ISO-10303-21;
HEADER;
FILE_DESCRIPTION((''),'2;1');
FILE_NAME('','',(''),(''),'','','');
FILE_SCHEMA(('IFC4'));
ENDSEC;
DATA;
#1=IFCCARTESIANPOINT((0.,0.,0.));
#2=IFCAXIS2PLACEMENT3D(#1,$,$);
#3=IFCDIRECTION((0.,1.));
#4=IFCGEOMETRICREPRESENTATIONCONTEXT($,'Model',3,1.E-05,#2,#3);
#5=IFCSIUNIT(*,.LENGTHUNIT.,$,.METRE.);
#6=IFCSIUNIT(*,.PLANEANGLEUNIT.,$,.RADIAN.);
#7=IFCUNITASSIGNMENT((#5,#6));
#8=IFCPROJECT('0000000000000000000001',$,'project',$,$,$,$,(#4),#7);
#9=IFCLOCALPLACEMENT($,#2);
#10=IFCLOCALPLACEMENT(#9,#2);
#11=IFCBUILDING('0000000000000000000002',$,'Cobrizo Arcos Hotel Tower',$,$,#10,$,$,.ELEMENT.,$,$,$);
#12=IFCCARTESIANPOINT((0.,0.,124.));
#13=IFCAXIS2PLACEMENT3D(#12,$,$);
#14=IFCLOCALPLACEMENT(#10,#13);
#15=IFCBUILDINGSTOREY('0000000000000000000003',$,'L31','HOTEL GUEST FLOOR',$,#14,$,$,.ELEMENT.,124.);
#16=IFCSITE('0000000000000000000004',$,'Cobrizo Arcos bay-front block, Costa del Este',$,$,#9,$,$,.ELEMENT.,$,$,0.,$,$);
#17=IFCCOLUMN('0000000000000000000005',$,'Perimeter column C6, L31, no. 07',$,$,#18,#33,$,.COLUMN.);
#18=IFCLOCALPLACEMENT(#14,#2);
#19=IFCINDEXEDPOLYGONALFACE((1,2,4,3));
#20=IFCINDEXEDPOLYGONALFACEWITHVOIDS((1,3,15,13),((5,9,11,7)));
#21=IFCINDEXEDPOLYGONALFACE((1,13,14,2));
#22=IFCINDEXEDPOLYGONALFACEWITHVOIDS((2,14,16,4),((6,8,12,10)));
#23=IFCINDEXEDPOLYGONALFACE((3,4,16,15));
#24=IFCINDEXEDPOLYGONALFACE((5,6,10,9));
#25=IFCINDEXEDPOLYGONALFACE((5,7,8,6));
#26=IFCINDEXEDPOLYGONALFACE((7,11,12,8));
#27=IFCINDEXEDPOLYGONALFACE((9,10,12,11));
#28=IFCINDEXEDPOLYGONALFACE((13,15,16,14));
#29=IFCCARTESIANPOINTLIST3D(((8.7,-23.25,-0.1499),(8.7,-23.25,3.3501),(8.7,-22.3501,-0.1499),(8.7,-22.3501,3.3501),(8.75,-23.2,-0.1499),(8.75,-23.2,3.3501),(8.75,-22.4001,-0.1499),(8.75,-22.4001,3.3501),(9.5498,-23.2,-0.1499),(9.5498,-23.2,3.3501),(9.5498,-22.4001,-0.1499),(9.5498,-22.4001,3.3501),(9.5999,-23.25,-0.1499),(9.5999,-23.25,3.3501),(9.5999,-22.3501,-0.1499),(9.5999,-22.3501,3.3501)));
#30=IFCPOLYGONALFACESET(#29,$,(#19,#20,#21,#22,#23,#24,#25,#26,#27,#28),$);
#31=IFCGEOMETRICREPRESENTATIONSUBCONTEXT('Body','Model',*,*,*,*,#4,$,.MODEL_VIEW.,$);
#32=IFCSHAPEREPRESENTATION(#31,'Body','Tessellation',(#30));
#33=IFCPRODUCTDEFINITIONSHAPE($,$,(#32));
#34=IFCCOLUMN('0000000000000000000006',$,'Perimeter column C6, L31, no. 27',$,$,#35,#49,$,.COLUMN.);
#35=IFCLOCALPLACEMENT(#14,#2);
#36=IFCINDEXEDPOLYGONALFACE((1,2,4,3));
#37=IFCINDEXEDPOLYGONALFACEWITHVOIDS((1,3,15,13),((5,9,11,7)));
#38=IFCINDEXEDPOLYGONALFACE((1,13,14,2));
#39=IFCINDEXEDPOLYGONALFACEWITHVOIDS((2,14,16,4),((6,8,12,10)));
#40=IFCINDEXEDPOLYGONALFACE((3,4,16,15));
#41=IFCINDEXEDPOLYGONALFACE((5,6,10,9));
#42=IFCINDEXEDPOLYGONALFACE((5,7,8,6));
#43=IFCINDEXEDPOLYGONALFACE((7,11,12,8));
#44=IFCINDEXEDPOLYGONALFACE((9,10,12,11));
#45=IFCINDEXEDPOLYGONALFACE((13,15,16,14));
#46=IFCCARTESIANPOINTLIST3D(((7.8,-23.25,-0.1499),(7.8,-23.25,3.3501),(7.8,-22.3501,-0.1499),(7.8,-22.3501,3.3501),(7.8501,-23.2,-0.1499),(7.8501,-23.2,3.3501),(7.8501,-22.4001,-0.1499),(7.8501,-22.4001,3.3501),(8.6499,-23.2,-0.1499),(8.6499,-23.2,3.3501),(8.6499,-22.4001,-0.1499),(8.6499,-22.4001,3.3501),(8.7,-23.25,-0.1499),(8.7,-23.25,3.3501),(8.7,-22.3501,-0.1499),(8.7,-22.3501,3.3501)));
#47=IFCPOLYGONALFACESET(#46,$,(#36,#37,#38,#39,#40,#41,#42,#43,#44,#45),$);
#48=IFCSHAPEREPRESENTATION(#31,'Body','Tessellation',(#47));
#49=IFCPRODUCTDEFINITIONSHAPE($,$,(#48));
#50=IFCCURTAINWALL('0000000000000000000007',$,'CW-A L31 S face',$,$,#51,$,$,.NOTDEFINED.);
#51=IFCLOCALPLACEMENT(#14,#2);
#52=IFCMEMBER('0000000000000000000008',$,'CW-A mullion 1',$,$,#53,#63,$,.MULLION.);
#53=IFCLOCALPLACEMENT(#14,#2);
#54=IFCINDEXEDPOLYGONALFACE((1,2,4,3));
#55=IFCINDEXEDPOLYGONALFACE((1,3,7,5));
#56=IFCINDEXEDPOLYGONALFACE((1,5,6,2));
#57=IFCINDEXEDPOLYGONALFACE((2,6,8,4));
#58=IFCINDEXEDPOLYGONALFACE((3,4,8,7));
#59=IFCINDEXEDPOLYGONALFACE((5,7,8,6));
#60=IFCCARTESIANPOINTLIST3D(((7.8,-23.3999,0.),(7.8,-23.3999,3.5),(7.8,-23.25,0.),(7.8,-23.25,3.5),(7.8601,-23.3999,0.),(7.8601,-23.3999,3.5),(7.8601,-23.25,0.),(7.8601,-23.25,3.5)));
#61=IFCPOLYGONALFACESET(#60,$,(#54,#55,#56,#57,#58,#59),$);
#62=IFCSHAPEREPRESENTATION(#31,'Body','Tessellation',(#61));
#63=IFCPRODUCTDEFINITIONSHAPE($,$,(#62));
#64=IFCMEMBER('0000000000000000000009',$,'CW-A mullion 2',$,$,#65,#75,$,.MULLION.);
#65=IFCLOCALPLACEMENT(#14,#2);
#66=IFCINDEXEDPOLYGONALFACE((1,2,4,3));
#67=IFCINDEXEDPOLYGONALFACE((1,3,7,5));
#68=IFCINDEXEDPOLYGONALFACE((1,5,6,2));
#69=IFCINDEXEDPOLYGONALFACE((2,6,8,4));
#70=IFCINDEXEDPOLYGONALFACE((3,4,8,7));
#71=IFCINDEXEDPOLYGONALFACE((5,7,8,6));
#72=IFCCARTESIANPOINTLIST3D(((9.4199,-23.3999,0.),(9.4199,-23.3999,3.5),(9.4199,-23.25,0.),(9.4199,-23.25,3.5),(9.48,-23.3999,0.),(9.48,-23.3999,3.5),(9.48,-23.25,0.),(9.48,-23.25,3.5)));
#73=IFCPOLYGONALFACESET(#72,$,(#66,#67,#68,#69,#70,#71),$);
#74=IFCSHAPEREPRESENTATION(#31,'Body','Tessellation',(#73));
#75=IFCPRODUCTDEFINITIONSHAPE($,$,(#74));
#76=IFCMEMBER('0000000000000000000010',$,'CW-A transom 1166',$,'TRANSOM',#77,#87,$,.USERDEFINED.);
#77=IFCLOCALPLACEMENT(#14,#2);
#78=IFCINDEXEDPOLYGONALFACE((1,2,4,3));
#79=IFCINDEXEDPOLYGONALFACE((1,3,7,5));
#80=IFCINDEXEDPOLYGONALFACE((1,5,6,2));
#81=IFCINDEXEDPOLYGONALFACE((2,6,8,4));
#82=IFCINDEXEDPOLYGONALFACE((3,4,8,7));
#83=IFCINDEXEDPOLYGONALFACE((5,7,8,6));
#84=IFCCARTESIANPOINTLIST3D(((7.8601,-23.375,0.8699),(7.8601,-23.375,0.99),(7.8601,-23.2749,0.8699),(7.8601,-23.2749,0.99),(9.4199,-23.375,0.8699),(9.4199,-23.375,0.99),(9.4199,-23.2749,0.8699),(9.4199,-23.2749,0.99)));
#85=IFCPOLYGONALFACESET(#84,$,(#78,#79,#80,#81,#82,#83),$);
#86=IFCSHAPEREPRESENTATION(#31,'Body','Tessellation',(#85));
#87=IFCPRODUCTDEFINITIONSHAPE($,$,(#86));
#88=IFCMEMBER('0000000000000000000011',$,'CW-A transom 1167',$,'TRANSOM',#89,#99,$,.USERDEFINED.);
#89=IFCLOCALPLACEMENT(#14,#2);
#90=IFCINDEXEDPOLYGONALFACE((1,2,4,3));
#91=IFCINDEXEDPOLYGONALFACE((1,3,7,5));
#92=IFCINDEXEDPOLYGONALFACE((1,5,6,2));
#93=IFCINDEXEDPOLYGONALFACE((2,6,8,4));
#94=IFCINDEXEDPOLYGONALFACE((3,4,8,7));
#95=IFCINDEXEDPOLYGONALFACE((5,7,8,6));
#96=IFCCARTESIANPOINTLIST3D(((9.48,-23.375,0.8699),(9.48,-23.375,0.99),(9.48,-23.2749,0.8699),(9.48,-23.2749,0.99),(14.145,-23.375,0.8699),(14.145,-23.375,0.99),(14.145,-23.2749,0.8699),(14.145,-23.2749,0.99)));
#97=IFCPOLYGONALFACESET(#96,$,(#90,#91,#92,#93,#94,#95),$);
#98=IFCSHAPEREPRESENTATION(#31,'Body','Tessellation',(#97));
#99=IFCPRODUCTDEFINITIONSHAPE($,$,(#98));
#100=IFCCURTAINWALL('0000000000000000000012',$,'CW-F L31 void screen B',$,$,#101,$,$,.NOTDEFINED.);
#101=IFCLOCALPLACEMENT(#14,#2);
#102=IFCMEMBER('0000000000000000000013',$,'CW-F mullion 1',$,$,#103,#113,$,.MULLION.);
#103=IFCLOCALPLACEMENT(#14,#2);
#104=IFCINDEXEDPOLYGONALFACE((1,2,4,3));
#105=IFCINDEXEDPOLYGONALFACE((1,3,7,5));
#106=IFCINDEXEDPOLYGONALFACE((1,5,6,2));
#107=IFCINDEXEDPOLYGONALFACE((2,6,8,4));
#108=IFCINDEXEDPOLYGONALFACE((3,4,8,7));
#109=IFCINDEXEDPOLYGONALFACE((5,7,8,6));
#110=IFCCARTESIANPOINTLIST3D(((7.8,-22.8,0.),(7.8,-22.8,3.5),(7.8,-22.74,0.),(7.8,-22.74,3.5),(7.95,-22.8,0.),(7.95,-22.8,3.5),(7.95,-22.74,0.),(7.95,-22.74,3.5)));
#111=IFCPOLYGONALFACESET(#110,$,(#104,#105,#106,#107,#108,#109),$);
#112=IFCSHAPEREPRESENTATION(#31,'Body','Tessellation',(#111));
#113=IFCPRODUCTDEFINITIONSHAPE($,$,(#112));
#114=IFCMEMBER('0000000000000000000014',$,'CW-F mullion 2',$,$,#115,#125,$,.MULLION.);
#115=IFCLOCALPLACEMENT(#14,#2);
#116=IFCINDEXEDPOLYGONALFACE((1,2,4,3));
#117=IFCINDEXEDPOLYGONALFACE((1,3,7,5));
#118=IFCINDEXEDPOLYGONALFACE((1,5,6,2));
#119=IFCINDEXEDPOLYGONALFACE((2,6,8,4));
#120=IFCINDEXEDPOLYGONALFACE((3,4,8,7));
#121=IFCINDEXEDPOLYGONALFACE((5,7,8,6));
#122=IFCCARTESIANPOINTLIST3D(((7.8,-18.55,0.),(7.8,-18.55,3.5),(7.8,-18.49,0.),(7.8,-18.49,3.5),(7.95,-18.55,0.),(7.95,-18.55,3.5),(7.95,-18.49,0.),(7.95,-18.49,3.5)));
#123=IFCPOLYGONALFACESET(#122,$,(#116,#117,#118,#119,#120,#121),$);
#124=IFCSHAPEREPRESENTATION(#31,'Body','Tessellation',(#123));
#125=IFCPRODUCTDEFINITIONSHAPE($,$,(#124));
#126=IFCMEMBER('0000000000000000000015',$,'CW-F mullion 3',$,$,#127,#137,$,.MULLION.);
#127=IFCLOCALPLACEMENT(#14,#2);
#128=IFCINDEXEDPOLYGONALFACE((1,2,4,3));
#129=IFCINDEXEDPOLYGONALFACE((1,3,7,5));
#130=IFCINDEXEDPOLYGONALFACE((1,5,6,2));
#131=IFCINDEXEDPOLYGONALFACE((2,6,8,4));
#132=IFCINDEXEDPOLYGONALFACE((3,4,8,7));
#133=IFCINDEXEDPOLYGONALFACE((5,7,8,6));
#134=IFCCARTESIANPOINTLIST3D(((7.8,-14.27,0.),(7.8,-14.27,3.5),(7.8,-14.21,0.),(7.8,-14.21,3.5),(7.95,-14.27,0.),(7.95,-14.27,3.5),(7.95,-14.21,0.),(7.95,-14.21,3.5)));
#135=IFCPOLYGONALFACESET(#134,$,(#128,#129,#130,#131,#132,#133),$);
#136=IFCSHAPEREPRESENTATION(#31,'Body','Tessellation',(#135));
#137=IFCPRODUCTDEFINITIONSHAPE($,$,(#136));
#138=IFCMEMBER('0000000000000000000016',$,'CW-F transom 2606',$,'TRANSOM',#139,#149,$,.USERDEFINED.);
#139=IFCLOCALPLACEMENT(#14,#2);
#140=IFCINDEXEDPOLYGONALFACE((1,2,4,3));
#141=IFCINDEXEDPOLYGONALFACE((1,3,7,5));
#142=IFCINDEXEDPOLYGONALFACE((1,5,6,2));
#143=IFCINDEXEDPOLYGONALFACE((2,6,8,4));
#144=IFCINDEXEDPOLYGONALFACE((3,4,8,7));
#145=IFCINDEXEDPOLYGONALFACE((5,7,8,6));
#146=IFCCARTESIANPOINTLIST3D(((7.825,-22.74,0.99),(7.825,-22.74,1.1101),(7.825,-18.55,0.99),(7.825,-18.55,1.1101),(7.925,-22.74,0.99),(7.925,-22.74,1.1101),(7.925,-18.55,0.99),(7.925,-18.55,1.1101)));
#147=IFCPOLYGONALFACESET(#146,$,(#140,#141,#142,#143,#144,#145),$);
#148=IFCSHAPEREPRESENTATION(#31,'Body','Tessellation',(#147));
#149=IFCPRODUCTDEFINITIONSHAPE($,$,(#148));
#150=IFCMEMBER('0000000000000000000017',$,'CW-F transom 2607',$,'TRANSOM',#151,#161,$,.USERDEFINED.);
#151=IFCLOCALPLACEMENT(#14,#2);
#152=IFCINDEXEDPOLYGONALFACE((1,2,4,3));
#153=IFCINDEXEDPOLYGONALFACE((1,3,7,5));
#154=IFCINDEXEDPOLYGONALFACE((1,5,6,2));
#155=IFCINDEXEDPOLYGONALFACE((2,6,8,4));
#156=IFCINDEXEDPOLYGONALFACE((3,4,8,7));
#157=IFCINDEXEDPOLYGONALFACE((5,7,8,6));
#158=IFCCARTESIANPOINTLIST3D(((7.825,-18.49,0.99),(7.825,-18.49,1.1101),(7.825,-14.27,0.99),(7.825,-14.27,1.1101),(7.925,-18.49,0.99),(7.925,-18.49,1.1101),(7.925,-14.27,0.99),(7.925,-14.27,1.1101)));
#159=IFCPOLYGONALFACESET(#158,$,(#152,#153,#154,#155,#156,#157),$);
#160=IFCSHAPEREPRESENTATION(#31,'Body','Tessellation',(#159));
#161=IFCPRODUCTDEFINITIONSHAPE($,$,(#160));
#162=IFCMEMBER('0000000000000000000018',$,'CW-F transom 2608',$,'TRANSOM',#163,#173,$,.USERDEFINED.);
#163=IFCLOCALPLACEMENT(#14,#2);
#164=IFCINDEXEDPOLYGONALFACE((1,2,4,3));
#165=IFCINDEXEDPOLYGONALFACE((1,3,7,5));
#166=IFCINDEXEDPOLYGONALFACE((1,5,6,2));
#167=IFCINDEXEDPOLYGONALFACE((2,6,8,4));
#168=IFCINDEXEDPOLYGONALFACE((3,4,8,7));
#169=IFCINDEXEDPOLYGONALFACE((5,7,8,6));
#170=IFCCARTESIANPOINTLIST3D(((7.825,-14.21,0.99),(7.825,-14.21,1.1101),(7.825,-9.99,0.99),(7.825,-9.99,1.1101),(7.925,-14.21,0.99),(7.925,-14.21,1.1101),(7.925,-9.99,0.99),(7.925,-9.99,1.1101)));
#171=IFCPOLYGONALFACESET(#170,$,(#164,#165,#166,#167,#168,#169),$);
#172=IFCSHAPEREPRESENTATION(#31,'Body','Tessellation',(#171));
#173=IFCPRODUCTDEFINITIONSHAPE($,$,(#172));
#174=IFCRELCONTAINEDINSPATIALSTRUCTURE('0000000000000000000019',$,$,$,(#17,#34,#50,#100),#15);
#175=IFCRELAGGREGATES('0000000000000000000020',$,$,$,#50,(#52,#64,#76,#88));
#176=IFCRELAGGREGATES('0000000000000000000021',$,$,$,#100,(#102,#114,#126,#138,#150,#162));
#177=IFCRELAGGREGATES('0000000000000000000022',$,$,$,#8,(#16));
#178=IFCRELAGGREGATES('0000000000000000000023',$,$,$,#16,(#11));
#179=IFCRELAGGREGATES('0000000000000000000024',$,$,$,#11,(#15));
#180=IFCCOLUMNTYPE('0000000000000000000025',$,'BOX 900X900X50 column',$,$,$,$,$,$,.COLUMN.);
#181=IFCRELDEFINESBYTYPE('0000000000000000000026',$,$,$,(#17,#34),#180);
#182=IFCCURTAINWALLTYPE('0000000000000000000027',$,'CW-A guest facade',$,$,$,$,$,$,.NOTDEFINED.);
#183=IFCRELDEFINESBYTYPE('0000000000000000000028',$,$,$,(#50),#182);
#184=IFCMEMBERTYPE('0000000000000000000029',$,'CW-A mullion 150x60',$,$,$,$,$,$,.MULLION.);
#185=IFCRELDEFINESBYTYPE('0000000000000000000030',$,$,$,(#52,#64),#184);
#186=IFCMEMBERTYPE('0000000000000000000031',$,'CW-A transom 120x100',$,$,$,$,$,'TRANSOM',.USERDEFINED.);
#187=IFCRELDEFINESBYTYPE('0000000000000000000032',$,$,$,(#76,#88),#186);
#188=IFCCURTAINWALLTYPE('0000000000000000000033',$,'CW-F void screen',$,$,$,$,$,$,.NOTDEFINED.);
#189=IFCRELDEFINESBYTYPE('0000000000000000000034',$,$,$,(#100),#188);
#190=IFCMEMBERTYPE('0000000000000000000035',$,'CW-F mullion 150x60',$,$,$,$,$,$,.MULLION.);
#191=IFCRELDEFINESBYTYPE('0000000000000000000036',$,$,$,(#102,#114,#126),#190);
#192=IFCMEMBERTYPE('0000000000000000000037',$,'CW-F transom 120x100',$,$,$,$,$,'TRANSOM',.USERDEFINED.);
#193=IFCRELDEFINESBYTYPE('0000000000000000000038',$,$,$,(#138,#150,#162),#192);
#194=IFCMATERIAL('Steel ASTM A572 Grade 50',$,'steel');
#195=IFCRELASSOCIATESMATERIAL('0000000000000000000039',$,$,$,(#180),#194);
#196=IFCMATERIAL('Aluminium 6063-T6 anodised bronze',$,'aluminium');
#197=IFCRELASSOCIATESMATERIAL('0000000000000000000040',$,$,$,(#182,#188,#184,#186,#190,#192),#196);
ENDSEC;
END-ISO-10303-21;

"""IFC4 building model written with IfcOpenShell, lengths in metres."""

from ifc_helpers import new_model, si_unit, direction, frame, origin, origin_2d, place, context, subcontext, project, spatial, rectangle, hollow_rectangle, extrude, material, material_profile, profile_set, type_object, element, aggregate, save


model = new_model("IFC4")

# Units and contexts
model_context = context("Model", 3, precision=1e-05, world=origin(), true_north=direction((0.0, 1.0)))
body_context = subcontext(model_context, "Body", "Model", "MODEL_VIEW")
ifc_project = project(units=[si_unit("LENGTHUNIT", "METRE"), si_unit("PLANEANGLEUNIT", "RADIAN")], contexts=[model_context])

# Site, building, storey
site_placement = place(None, origin())
site = spatial("IfcSite", under=ifc_project, at=site_placement, Name="Cobrizo Arcos bay-front block, Costa del Este", CompositionType="ELEMENT", RefElevation=0.0)
building_placement = place(site_placement, origin())
building = spatial("IfcBuilding", under=site, at=building_placement, Name="Cobrizo Arcos Hotel Tower", CompositionType="ELEMENT")
storey_placement = place(building_placement, frame((0.0, 0.0, 124.0)))
storey = spatial("IfcBuildingStorey", under=building, at=storey_placement, Name="L31", Description="HOTEL GUEST FLOOR", CompositionType="ELEMENT", Elevation=124.0)

# Columns
ifc_material_1 = material(Name="Steel ASTM A572 Grade 50", Category="steel")
ifc_material_profile_1 = material_profile(ifc_material_1, hollow_rectangle(XDim=0.8999, YDim=0.8999, WallThickness=0.05, at=origin_2d()), Name="BOX 900X900X50")
ifc_profile_set_1 = profile_set([ifc_material_profile_1], Name="Steel ASTM A572 Grade 50")
column_type = type_object("IfcColumnType", Name="BOX 900X900X50 column", PredefinedType="COLUMN", material=ifc_profile_set_1)
for number, where, z_axis, x_axis, name in (
    (1, (9.1499, -22.8, -0.1499), (0.0, 0.0, 1.0), (1.0, 0.0, 0.0), "Perimeter column C6, L31, no. 07"),
    (2, (8.25, -22.8, -0.1499), (0.0, 0.0, 1.0), (1.0, 0.0, 0.0), "Perimeter column C6, L31, no. 27"),
):
    element("IfcColumn", number, at=place(storey_placement, frame(where, z_axis=z_axis, x_axis=x_axis)), inside=storey, type_object=column_type, Name=name, PredefinedType="COLUMN", context=body_context, shape_type="SweptSolid", body=[
        extrude(hollow_rectangle(XDim=0.8999, YDim=0.8999, WallThickness=0.05, at=origin_2d()), origin(), (0.0, 0.0, 1.0), 3.5),
    ])

# Curtain walls, members
ifc_material_2 = material(Name="Aluminium 6063-T6 anodised bronze", Category="aluminium")
curtain_wall_type_1 = type_object("IfcCurtainWallType", Name="CW-A guest facade", PredefinedType="NOTDEFINED", material=ifc_material_2)
curtain_wall_1_placement = place(storey_placement, origin())
curtain_wall_1 = element("IfcCurtainWall", 3, at=curtain_wall_1_placement, inside=storey, type_object=curtain_wall_type_1, Name="CW-A L31 S face", PredefinedType="NOTDEFINED")
ifc_material_profile_2 = material_profile(ifc_material_2, rectangle(XDim=0.1499, YDim=0.0601, at=origin_2d()), Name="CW-A mullion 150x60")
ifc_profile_set_2 = profile_set([ifc_material_profile_2], Name="Aluminium 6063-T6 anodised bronze")
member_type_1 = type_object("IfcMemberType", Name="CW-A mullion 150x60", PredefinedType="MULLION", material=ifc_profile_set_2)
member_1_placement = place(storey_placement, frame((7.8301, -23.325, 0.0), z_axis=(0.0, 0.0, 1.0), x_axis=(0.0, -1.0, 0.0)))
member_1 = element("IfcMember", 4, at=member_1_placement, type_object=member_type_1, Name="CW-A mullion 1", PredefinedType="MULLION", context=body_context, shape_type="SweptSolid", body=[
    extrude(rectangle(XDim=0.1499, YDim=0.0601, at=origin_2d()), origin(), (0.0, 0.0, 1.0), 3.5),
])
member_2_placement = place(storey_placement, frame((9.45, -23.325, 0.0), z_axis=(0.0, 0.0, 1.0), x_axis=(0.0, -1.0, 0.0)))
member_2 = element("IfcMember", 5, at=member_2_placement, type_object=member_type_1, Name="CW-A mullion 2", PredefinedType="MULLION", context=body_context, shape_type="SweptSolid", body=[
    extrude(rectangle(XDim=0.1499, YDim=0.0601, at=origin_2d()), origin(), (0.0, 0.0, 1.0), 3.5),
])
ifc_material_profile_3 = material_profile(ifc_material_2, rectangle(XDim=0.1001, YDim=0.1201, at=origin_2d()), Name="CW-A transom 120x100")
ifc_profile_set_3 = profile_set([ifc_material_profile_3], Name="Aluminium 6063-T6 anodised bronze")
member_type_2 = type_object("IfcMemberType", Name="CW-A transom 120x100", ElementType="TRANSOM", PredefinedType="USERDEFINED", material=ifc_profile_set_3)
member_3_placement = place(storey_placement, frame((7.8601, -23.325, 0.9299), z_axis=(1.0, 0.0, 0.0), x_axis=(0.0, 1.0, 0.0)))
member_3 = element("IfcMember", 6, at=member_3_placement, type_object=member_type_2, Name="CW-A transom 1166", ObjectType="TRANSOM", PredefinedType="USERDEFINED", context=body_context, shape_type="SweptSolid", body=[
    extrude(rectangle(XDim=0.1001, YDim=0.1201, at=origin_2d()), origin(), (0.0, 0.0, 1.0), 1.5598),
])
member_4_placement = place(storey_placement, frame((9.48, -23.325, 0.9299), z_axis=(1.0, 0.0, 0.0), x_axis=(0.0, 1.0, 0.0)))
member_4 = element("IfcMember", 7, at=member_4_placement, type_object=member_type_2, Name="CW-A transom 1167", ObjectType="TRANSOM", PredefinedType="USERDEFINED", context=body_context, shape_type="SweptSolid", body=[
    extrude(rectangle(XDim=0.1001, YDim=0.1201, at=origin_2d()), origin(), (0.0, 0.0, 1.0), 4.665),
])
curtain_wall_type_2 = type_object("IfcCurtainWallType", Name="CW-F void screen", PredefinedType="NOTDEFINED", material=ifc_material_2)
curtain_wall_2_placement = place(storey_placement, origin())
curtain_wall_2 = element("IfcCurtainWall", 8, at=curtain_wall_2_placement, inside=storey, type_object=curtain_wall_type_2, Name="CW-F L31 void screen B", PredefinedType="NOTDEFINED")
ifc_material_profile_4 = material_profile(ifc_material_2, rectangle(XDim=0.1499, YDim=0.0601, at=origin_2d()), Name="CW-F mullion 150x60")
ifc_profile_set_4 = profile_set([ifc_material_profile_4], Name="Aluminium 6063-T6 anodised bronze")
member_type_3 = type_object("IfcMemberType", Name="CW-F mullion 150x60", PredefinedType="MULLION", material=ifc_profile_set_4)
member_5_placement = place(storey_placement, frame((7.875, -22.77, 0.0), z_axis=(0.0, 0.0, 1.0), x_axis=(1.0, 0.0, 0.0)))
member_5 = element("IfcMember", 9, at=member_5_placement, type_object=member_type_3, Name="CW-F mullion 1", PredefinedType="MULLION", context=body_context, shape_type="SweptSolid", body=[
    extrude(rectangle(XDim=0.1499, YDim=0.0601, at=origin_2d()), origin(), (0.0, 0.0, 1.0), 3.5),
])
member_6_placement = place(storey_placement, frame((7.875, -18.52, 0.0), z_axis=(0.0, 0.0, 1.0), x_axis=(1.0, 0.0, 0.0)))
member_6 = element("IfcMember", 10, at=member_6_placement, type_object=member_type_3, Name="CW-F mullion 2", PredefinedType="MULLION", context=body_context, shape_type="SweptSolid", body=[
    extrude(rectangle(XDim=0.1499, YDim=0.0601, at=origin_2d()), origin(), (0.0, 0.0, 1.0), 3.5),
])
member_7_placement = place(storey_placement, frame((7.875, -14.24, 0.0), z_axis=(0.0, 0.0, 1.0), x_axis=(1.0, 0.0, 0.0)))
member_7 = element("IfcMember", 11, at=member_7_placement, type_object=member_type_3, Name="CW-F mullion 3", PredefinedType="MULLION", context=body_context, shape_type="SweptSolid", body=[
    extrude(rectangle(XDim=0.1499, YDim=0.0601, at=origin_2d()), origin(), (0.0, 0.0, 1.0), 3.5),
])
ifc_material_profile_5 = material_profile(ifc_material_2, rectangle(XDim=0.1001, YDim=0.1201, at=origin_2d()), Name="CW-F transom 120x100")
ifc_profile_set_5 = profile_set([ifc_material_profile_5], Name="Aluminium 6063-T6 anodised bronze")
member_type_4 = type_object("IfcMemberType", Name="CW-F transom 120x100", ElementType="TRANSOM", PredefinedType="USERDEFINED", material=ifc_profile_set_5)
member_8_placement = place(storey_placement, frame((7.875, -22.74, 1.05), z_axis=(0.0, 1.0, 0.0), x_axis=(-1.0, 0.0, 0.0)))
member_8 = element("IfcMember", 12, at=member_8_placement, type_object=member_type_4, Name="CW-F transom 2606", ObjectType="TRANSOM", PredefinedType="USERDEFINED", context=body_context, shape_type="SweptSolid", body=[
    extrude(rectangle(XDim=0.1001, YDim=0.1201, at=origin_2d()), origin(), (0.0, 0.0, 1.0), 4.1899),
])
member_9_placement = place(storey_placement, frame((7.875, -18.49, 1.05), z_axis=(0.0, 1.0, 0.0), x_axis=(-1.0, 0.0, 0.0)))
member_9 = element("IfcMember", 13, at=member_9_placement, type_object=member_type_4, Name="CW-F transom 2607", ObjectType="TRANSOM", PredefinedType="USERDEFINED", context=body_context, shape_type="SweptSolid", body=[
    extrude(rectangle(XDim=0.1001, YDim=0.1201, at=origin_2d()), origin(), (0.0, 0.0, 1.0), 4.22),
])
member_10_placement = place(storey_placement, frame((7.875, -14.21, 1.05), z_axis=(0.0, 1.0, 0.0), x_axis=(-1.0, 0.0, 0.0)))
member_10 = element("IfcMember", 14, at=member_10_placement, type_object=member_type_4, Name="CW-F transom 2608", ObjectType="TRANSOM", PredefinedType="USERDEFINED", context=body_context, shape_type="SweptSolid", body=[
    extrude(rectangle(XDim=0.1001, YDim=0.1201, at=origin_2d()), origin(), (0.0, 0.0, 1.0), 4.22),
])

aggregate(curtain_wall_1, [member_1, member_2, member_3, member_4])
aggregate(curtain_wall_2, [member_5, member_6, member_7, member_8, member_9, member_10])

save(model, "model.ifc")
